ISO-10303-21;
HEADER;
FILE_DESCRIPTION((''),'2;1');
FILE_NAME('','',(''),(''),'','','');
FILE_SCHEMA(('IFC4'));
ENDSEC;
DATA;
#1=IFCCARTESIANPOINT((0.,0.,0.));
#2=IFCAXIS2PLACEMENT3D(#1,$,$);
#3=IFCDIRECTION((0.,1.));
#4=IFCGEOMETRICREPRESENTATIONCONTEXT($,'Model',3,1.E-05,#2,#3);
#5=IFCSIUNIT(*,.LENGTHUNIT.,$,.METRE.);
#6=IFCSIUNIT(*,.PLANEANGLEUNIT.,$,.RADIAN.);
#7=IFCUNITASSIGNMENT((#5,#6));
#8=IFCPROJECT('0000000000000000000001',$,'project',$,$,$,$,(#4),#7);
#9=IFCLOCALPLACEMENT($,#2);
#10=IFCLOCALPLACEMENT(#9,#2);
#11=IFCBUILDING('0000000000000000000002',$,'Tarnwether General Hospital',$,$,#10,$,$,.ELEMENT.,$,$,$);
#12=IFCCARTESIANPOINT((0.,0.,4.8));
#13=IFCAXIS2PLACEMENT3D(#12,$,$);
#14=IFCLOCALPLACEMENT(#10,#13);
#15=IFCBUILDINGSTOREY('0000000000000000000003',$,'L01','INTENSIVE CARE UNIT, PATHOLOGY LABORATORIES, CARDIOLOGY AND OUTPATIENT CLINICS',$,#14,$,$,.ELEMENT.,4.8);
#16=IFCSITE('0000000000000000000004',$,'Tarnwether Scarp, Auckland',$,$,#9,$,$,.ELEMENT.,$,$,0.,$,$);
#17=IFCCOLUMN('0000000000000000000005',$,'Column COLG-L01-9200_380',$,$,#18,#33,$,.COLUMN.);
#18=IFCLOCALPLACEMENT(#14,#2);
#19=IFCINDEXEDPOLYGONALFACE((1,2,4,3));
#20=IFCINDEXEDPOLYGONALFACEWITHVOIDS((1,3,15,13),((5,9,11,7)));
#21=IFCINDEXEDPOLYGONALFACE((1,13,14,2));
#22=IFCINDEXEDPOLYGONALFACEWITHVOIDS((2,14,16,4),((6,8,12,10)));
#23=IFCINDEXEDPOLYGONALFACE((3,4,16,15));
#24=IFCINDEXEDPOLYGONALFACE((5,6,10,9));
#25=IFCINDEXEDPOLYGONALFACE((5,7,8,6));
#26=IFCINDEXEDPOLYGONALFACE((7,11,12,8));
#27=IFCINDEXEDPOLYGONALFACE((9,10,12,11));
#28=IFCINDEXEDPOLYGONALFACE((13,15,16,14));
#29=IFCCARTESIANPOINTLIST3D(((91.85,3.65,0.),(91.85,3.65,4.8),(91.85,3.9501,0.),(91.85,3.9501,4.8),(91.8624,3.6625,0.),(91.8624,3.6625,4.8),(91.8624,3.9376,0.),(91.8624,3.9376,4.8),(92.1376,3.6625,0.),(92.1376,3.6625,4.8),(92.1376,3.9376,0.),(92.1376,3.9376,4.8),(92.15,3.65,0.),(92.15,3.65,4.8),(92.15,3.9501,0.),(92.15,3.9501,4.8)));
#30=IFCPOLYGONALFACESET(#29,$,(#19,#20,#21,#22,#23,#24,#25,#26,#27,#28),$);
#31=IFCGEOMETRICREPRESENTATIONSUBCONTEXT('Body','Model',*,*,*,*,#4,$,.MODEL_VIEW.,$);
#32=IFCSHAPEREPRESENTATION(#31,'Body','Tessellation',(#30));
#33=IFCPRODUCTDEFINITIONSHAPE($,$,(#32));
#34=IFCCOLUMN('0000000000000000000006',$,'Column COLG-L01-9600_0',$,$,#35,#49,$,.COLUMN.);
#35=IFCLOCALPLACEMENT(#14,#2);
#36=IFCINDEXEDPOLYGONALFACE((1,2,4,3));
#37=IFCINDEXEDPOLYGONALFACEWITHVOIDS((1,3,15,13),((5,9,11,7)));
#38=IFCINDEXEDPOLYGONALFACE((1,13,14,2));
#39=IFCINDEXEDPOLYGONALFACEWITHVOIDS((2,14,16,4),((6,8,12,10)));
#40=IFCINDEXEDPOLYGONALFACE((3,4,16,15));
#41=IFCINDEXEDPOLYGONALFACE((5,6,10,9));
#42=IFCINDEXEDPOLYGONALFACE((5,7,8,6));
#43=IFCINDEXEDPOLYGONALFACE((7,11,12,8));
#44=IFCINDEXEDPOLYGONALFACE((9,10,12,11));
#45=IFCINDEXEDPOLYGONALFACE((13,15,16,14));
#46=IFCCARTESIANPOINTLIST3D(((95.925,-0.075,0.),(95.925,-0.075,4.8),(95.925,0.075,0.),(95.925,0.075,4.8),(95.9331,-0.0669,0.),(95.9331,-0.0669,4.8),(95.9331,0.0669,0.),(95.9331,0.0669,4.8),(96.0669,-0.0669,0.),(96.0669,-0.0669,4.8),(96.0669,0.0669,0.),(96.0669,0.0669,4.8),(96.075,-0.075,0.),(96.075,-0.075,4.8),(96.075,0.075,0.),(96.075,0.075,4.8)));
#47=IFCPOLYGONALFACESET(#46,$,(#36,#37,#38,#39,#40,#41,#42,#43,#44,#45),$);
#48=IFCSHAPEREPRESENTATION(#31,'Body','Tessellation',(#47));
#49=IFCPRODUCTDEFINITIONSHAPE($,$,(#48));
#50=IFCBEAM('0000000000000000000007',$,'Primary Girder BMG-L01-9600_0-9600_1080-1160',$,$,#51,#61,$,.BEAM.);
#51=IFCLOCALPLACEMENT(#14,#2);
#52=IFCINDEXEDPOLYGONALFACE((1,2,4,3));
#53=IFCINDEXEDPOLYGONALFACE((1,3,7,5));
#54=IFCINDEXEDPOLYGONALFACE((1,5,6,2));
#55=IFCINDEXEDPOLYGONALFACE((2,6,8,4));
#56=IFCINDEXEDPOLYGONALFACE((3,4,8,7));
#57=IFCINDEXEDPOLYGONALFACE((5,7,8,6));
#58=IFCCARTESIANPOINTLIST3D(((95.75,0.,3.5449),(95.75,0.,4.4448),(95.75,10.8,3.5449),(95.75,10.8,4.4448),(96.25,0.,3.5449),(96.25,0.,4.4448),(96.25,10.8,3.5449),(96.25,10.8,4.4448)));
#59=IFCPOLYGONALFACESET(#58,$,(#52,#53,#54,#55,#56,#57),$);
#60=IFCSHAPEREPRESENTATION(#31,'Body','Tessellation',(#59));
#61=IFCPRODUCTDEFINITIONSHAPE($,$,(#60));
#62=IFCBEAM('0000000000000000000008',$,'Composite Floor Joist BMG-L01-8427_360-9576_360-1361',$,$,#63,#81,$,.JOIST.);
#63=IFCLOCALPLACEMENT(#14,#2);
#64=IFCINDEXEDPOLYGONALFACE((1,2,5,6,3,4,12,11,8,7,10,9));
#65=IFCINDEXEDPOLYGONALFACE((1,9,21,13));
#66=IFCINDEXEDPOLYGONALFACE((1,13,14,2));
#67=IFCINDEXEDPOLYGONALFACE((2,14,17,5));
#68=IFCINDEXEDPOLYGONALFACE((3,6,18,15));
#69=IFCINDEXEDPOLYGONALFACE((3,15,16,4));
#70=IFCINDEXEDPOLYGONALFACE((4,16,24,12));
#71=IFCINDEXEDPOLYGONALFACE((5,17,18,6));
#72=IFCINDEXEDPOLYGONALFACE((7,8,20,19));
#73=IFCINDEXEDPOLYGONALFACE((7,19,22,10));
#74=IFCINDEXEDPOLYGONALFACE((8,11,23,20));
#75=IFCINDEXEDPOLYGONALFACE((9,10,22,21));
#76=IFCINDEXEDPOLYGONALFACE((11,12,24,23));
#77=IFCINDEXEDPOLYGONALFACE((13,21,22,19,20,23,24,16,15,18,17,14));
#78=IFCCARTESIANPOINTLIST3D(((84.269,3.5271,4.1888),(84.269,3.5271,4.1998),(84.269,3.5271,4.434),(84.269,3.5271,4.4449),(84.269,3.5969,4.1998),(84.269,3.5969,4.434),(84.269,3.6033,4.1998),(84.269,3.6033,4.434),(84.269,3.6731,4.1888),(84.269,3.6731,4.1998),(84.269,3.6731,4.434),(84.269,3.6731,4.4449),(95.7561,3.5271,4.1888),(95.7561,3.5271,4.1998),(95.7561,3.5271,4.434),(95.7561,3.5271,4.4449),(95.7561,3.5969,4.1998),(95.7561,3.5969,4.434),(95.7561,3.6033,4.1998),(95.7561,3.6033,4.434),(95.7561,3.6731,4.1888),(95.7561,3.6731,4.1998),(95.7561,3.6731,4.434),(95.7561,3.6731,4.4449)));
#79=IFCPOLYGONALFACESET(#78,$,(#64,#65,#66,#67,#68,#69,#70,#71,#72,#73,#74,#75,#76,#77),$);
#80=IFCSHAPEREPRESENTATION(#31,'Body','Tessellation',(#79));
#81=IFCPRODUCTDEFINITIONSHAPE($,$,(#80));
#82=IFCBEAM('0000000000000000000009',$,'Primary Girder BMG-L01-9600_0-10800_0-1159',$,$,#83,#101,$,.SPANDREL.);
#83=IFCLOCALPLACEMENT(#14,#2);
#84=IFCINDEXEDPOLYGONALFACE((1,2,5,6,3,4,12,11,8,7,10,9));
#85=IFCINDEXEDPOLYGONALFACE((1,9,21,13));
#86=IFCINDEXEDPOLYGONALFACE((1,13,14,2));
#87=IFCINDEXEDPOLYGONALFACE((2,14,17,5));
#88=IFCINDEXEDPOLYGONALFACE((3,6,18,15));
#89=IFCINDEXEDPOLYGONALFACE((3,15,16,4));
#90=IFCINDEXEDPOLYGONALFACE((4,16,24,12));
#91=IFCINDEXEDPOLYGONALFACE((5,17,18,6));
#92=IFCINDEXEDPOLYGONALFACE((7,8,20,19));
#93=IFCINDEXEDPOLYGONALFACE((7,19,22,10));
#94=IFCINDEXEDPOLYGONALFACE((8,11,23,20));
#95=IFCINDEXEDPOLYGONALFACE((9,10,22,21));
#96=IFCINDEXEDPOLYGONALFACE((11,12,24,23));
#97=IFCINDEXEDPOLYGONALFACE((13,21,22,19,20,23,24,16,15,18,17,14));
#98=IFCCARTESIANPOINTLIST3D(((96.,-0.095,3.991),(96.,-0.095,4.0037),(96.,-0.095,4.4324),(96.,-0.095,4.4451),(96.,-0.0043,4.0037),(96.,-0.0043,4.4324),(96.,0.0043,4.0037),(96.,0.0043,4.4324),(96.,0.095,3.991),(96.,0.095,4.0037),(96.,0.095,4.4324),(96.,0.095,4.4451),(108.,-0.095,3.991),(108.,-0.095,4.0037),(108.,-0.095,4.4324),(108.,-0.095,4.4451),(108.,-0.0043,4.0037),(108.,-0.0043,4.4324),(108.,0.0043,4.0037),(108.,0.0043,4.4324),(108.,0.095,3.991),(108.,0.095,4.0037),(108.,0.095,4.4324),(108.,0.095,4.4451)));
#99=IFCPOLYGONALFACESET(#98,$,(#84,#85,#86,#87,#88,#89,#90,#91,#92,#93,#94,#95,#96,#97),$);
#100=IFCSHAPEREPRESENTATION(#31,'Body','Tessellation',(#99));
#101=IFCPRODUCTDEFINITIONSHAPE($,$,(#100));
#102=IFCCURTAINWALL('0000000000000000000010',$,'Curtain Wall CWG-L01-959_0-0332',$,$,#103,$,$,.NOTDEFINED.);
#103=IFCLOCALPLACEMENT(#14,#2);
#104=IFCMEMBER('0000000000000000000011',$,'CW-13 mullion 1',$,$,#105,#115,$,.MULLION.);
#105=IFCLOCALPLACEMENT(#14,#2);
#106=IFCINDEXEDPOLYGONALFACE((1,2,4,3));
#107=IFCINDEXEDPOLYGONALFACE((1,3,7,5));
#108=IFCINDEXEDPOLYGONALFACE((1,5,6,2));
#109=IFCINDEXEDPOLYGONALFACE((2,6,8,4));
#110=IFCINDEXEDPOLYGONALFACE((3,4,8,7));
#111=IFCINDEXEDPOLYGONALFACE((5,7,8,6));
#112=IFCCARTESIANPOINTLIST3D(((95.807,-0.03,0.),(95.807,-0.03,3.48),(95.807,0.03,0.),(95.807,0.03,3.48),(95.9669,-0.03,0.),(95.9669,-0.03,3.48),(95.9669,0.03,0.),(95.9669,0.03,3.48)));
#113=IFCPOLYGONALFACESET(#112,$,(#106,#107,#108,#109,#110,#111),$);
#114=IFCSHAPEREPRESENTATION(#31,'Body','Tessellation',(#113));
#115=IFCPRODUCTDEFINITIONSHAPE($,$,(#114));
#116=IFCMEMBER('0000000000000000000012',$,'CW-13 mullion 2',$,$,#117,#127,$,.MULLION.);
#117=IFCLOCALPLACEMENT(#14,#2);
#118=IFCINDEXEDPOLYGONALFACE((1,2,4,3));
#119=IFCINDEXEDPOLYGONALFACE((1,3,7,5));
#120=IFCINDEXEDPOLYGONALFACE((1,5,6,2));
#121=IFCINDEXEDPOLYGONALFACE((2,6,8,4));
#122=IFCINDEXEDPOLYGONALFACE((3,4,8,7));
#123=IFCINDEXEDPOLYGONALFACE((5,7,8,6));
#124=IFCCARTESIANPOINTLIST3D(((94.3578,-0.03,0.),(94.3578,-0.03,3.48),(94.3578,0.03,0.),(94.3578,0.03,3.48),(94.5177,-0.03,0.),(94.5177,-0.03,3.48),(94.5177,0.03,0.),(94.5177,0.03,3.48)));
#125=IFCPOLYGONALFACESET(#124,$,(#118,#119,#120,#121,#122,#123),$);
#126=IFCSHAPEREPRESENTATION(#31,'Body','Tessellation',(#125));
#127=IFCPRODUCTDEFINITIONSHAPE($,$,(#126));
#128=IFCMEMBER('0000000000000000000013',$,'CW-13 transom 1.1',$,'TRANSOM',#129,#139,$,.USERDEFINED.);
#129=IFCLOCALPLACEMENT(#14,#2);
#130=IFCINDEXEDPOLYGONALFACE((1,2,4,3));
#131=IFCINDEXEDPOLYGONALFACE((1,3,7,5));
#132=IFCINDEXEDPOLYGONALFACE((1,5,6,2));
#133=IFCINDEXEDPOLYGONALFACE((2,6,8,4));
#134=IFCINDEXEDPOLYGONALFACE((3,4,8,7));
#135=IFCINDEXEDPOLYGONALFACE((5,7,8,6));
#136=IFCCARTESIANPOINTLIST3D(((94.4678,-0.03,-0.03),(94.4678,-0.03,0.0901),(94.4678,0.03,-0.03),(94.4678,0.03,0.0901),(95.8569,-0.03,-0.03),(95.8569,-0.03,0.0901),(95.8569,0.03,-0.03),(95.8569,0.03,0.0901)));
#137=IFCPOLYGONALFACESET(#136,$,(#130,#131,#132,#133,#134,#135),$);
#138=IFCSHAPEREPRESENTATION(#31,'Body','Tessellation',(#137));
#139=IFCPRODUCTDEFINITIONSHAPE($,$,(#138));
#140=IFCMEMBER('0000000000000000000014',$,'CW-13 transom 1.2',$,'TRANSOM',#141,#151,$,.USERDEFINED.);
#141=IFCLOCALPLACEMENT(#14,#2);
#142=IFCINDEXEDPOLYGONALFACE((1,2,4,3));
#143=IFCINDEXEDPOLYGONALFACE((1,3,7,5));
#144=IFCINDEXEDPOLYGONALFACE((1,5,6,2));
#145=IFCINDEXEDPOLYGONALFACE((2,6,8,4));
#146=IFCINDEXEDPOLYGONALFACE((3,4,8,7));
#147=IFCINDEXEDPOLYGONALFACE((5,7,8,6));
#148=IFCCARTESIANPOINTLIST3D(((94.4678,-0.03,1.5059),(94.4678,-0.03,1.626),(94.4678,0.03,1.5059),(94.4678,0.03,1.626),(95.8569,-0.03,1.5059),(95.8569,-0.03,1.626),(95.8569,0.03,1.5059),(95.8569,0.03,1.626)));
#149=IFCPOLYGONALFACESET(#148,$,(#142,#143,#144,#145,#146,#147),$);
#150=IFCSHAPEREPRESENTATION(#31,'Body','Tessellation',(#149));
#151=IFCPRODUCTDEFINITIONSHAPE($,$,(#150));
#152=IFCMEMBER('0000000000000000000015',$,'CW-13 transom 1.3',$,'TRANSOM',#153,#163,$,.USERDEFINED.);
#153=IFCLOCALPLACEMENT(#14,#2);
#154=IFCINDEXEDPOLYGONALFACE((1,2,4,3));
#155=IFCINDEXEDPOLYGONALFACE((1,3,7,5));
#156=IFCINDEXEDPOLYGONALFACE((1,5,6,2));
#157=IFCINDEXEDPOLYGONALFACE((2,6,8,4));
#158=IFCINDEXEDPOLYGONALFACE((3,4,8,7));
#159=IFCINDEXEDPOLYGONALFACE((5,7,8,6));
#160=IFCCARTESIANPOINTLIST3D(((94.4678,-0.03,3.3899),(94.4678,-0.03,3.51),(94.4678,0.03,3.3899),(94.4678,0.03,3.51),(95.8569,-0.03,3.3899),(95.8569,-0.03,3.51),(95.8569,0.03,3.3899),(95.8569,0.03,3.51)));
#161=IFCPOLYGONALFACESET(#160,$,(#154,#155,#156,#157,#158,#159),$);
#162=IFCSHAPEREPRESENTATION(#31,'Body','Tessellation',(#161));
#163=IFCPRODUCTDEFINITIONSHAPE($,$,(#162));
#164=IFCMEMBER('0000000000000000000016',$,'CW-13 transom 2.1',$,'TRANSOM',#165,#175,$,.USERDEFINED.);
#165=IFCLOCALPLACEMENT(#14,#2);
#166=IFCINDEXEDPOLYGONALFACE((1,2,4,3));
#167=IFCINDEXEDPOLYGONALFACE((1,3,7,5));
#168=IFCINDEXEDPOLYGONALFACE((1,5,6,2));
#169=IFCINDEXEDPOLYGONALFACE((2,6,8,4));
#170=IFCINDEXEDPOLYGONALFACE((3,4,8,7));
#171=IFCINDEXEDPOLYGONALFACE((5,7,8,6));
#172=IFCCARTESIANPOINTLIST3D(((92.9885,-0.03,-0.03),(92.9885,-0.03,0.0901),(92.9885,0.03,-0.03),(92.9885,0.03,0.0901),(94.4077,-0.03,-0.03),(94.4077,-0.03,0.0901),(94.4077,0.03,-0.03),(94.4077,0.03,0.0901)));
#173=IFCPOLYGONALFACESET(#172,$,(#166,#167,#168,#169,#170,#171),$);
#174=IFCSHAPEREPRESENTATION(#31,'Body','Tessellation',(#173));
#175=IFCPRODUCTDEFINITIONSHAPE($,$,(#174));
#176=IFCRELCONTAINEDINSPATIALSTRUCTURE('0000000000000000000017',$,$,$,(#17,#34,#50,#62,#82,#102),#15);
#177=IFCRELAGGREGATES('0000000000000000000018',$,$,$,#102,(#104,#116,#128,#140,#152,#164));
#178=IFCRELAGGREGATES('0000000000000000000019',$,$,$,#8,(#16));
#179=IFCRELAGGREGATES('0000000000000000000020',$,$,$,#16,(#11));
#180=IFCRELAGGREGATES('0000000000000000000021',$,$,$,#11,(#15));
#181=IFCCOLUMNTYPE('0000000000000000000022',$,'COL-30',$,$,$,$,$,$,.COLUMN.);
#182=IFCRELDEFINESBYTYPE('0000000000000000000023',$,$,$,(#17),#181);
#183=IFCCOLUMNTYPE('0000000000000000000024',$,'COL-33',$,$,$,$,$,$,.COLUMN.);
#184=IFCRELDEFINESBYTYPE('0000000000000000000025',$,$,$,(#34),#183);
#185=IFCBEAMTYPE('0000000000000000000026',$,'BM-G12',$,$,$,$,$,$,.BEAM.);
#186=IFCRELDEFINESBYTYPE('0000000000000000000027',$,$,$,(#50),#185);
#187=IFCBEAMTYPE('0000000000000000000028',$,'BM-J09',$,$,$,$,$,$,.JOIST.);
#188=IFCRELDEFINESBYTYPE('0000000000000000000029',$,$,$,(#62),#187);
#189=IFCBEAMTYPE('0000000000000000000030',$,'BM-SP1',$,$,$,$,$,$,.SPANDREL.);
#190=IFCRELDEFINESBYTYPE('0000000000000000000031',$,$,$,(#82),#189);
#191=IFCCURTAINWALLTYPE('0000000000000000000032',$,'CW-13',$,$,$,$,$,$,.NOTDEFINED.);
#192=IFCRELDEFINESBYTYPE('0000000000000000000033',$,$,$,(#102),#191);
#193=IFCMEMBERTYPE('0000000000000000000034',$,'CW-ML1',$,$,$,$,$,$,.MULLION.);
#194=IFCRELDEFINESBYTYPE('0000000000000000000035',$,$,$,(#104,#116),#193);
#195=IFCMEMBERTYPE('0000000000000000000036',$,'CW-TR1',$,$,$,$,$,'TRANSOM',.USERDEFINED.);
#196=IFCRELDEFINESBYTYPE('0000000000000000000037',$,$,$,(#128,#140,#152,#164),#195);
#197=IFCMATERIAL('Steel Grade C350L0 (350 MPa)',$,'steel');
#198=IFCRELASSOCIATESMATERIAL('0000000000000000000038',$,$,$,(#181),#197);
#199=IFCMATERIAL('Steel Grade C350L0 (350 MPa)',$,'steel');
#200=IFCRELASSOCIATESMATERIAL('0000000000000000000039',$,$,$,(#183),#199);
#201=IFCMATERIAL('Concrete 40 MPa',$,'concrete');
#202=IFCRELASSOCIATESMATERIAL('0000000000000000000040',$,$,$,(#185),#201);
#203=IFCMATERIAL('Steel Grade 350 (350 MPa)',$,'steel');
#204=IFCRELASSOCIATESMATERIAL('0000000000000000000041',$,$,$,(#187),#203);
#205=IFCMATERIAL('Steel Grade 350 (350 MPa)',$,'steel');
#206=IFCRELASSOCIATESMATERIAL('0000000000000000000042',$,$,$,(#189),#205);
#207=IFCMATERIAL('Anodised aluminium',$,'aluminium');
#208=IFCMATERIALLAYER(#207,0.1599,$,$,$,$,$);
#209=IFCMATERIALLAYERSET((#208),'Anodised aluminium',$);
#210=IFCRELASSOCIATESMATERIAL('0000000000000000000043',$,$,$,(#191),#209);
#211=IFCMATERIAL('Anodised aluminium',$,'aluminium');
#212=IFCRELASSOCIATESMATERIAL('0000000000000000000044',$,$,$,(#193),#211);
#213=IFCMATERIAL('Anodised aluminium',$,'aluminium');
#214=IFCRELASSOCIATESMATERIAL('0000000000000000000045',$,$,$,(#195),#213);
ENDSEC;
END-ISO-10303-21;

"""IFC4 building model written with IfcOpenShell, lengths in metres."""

from ifc_helpers import new_model, si_unit, direction, frame, origin, origin_2d, place, context, subcontext, project, spatial, rectangle, hollow_rectangle, i_section, extrude, material, layer, layer_set, material_profile, profile_set, type_object, element, aggregate, save


model = new_model("IFC4")

# Units and contexts
model_context = context("Model", 3, precision=1e-05, world=origin(), true_north=direction((0.0, 1.0)))
body_context = subcontext(model_context, "Body", "Model", "MODEL_VIEW")
ifc_project = project(units=[si_unit("LENGTHUNIT", "METRE"), si_unit("PLANEANGLEUNIT", "RADIAN")], contexts=[model_context])

# Site, building, storey
site_placement = place(None, origin())
site = spatial("IfcSite", under=ifc_project, at=site_placement, Name="Tarnwether Scarp, Auckland", CompositionType="ELEMENT", RefElevation=0.0)
building_placement = place(site_placement, origin())
building = spatial("IfcBuilding", under=site, at=building_placement, Name="Tarnwether General Hospital", CompositionType="ELEMENT")
storey_placement = place(building_placement, frame((0.0, 0.0, 4.8)))
storey = spatial("IfcBuildingStorey", under=building, at=storey_placement, Name="L01", Description="INTENSIVE CARE UNIT, PATHOLOGY LABORATORIES, CARDIOLOGY AND OUTPATIENT CLINICS", CompositionType="ELEMENT", Elevation=4.8)

# Columns
ifc_material_1 = material(Name="Steel Grade C350L0 (350 MPa)", Category="steel")
ifc_material_profile_1 = material_profile(ifc_material_1, hollow_rectangle(XDim=0.3, YDim=0.3, WallThickness=0.0125, at=origin_2d()), Name="SHS300x300x12.5")
ifc_profile_set_1 = profile_set([ifc_material_profile_1], Name="Steel Grade C350L0 (350 MPa)")
column_type_1 = type_object("IfcColumnType", Name="COL-30", PredefinedType="COLUMN", material=ifc_profile_set_1)
column_1_placement = place(storey_placement, frame((92.0, 3.8, 0.0), z_axis=(0.0, 0.0, 1.0), x_axis=(0.0, 1.0, 0.0)))
element("IfcColumn", 1, at=column_1_placement, inside=storey, type_object=column_type_1, Name="Column COLG-L01-9200_380", PredefinedType="COLUMN", context=body_context, shape_type="SweptSolid", body=[
    extrude(hollow_rectangle(XDim=0.3, YDim=0.3, WallThickness=0.0125, at=origin_2d()), origin(), (0.0, 0.0, 1.0), 4.8),
])
ifc_material_2 = material(Name="Steel Grade C350L0 (350 MPa)", Category="steel")
ifc_material_profile_2 = material_profile(ifc_material_2, hollow_rectangle(XDim=0.1499, YDim=0.1499, WallThickness=0.0081, at=origin_2d()), Name="SHS150x150x8")
ifc_profile_set_2 = profile_set([ifc_material_profile_2], Name="Steel Grade C350L0 (350 MPa)")
column_type_2 = type_object("IfcColumnType", Name="COL-33", PredefinedType="COLUMN", material=ifc_profile_set_2)
column_2_placement = place(storey_placement, frame((96.0, 0.0, 0.0), z_axis=(0.0, 0.0, 1.0), x_axis=(1.0, 0.0, 0.0)))
element("IfcColumn", 2, at=column_2_placement, inside=storey, type_object=column_type_2, Name="Column COLG-L01-9600_0", PredefinedType="COLUMN", context=body_context, shape_type="SweptSolid", body=[
    extrude(hollow_rectangle(XDim=0.1499, YDim=0.1499, WallThickness=0.0081, at=origin_2d()), origin(), (0.0, 0.0, 1.0), 4.8),
])

# Beams
ifc_material_3 = material(Name="Concrete 40 MPa", Category="concrete")
ifc_material_profile_3 = material_profile(ifc_material_3, rectangle(XDim=0.5, YDim=0.8999, at=origin_2d()), Name="RC-BM-500x900")
ifc_profile_set_3 = profile_set([ifc_material_profile_3], Name="Concrete 40 MPa")
beam_type_1 = type_object("IfcBeamType", Name="BM-G12", PredefinedType="BEAM", material=ifc_profile_set_3)
beam_1_placement = place(storey_placement, frame((96.0, 0.0, 3.9949), z_axis=(0.0, 1.0, 0.0), x_axis=(-1.0, 0.0, 0.0)))
element("IfcBeam", 3, at=beam_1_placement, inside=storey, type_object=beam_type_1, Name="Primary Girder BMG-L01-9600_0-9600_1080-1160", PredefinedType="BEAM", context=body_context, shape_type="SweptSolid", body=[
    extrude(rectangle(XDim=0.5, YDim=0.8999, at=origin_2d()), origin(), (0.0, 0.0, 1.0), 10.8),
])
ifc_material_4 = material(Name="Steel Grade 350 (350 MPa)", Category="steel")
ifc_material_profile_4 = material_profile(ifc_material_4, i_section(OverallWidth=0.146, OverallDepth=0.2561, WebThickness=0.0063, FlangeThickness=0.011, at=origin_2d()), Name="250UB37.3")
ifc_profile_set_4 = profile_set([ifc_material_profile_4], Name="Steel Grade 350 (350 MPa)")
beam_type_2 = type_object("IfcBeamType", Name="BM-J09", PredefinedType="JOIST", material=ifc_profile_set_4)
beam_2_placement = place(storey_placement, frame((84.269, 3.6001, 4.3169), z_axis=(1.0, 0.0, 0.0), x_axis=(0.0, 1.0, 0.0)))
element("IfcBeam", 4, at=beam_2_placement, inside=storey, type_object=beam_type_2, Name="Composite Floor Joist BMG-L01-8427_360-9576_360-1361", PredefinedType="JOIST", context=body_context, shape_type="SweptSolid", body=[
    extrude(i_section(OverallWidth=0.146, OverallDepth=0.2561, WebThickness=0.0063, FlangeThickness=0.011, at=origin_2d()), origin(), (0.0, 0.0, 1.0), 11.4871),
])
ifc_material_5 = material(Name="Steel Grade 350 (350 MPa)", Category="steel")
ifc_material_profile_5 = material_profile(ifc_material_5, i_section(OverallWidth=0.1899, OverallDepth=0.4541, WebThickness=0.0085, FlangeThickness=0.0127, at=origin_2d()), Name="460UB67.1")
ifc_profile_set_5 = profile_set([ifc_material_profile_5], Name="Steel Grade 350 (350 MPa)")
beam_type_3 = type_object("IfcBeamType", Name="BM-SP1", PredefinedType="SPANDREL", material=ifc_profile_set_5)
beam_3_placement = place(storey_placement, frame((96.0, 0.0, 4.218), z_axis=(1.0, 0.0, 0.0), x_axis=(0.0, 1.0, 0.0)))
element("IfcBeam", 5, at=beam_3_placement, inside=storey, type_object=beam_type_3, Name="Primary Girder BMG-L01-9600_0-10800_0-1159", PredefinedType="SPANDREL", context=body_context, shape_type="SweptSolid", body=[
    extrude(i_section(OverallWidth=0.1899, OverallDepth=0.4541, WebThickness=0.0085, FlangeThickness=0.0127, at=origin_2d()), origin(), (0.0, 0.0, 1.0), 12.0),
])

# Curtain wall, members
ifc_material_6 = material(Name="Anodised aluminium", Category="aluminium")
ifc_layer_1 = layer(ifc_material_6, 0.1599)
ifc_layer_set_1 = layer_set([ifc_layer_1], Name="Anodised aluminium")
curtain_wall_type = type_object("IfcCurtainWallType", Name="CW-13", PredefinedType="NOTDEFINED", material=ifc_layer_set_1)
curtain_wall_placement = place(storey_placement, origin())
curtain_wall = element("IfcCurtainWall", 6, at=curtain_wall_placement, inside=storey, type_object=curtain_wall_type, Name="Curtain Wall CWG-L01-959_0-0332", PredefinedType="NOTDEFINED")
ifc_material_7 = material(Name="Anodised aluminium", Category="aluminium")
ifc_material_profile_6 = material_profile(ifc_material_7, rectangle(XDim=0.0601, YDim=0.1599, at=origin_2d()), Name="ALU-MUL-60x160")
ifc_profile_set_6 = profile_set([ifc_material_profile_6], Name="Anodised aluminium")
member_type_1 = type_object("IfcMemberType", Name="CW-ML1", PredefinedType="MULLION", material=ifc_profile_set_6)
member_1_placement = place(storey_placement, frame((95.887, 0.0, 0.0), z_axis=(0.0, 0.0, 1.0), x_axis=(0.0, -1.0, 0.0)))
member_1 = element("IfcMember", 7, at=member_1_placement, type_object=member_type_1, Name="CW-13 mullion 1", PredefinedType="MULLION", context=body_context, shape_type="SweptSolid", body=[
    extrude(rectangle(XDim=0.0601, YDim=0.1599, at=origin_2d()), origin(), (0.0, 0.0, 1.0), 3.48),
])
member_2_placement = place(storey_placement, frame((94.4377, 0.0, 0.0), z_axis=(0.0, 0.0, 1.0), x_axis=(0.0, -1.0, 0.0)))
member_2 = element("IfcMember", 8, at=member_2_placement, type_object=member_type_1, Name="CW-13 mullion 2", PredefinedType="MULLION", context=body_context, shape_type="SweptSolid", body=[
    extrude(rectangle(XDim=0.0601, YDim=0.1599, at=origin_2d()), origin(), (0.0, 0.0, 1.0), 3.48),
])
ifc_material_8 = material(Name="Anodised aluminium", Category="aluminium")
ifc_material_profile_7 = material_profile(ifc_material_8, rectangle(XDim=0.0601, YDim=0.1201, at=origin_2d()), Name="ALU-TRN-60x120")
ifc_profile_set_7 = profile_set([ifc_material_profile_7], Name="Anodised aluminium")
member_type_2 = type_object("IfcMemberType", Name="CW-TR1", ElementType="TRANSOM", PredefinedType="USERDEFINED", material=ifc_profile_set_7)
member_3_placement = place(storey_placement, frame((95.8569, 0.0, 0.03), z_axis=(-1.0, 0.0, 0.0), x_axis=(0.0, -1.0, 0.0)))
member_3 = element("IfcMember", 9, at=member_3_placement, type_object=member_type_2, Name="CW-13 transom 1.1", ObjectType="TRANSOM", PredefinedType="USERDEFINED", context=body_context, shape_type="SweptSolid", body=[
    extrude(rectangle(XDim=0.0601, YDim=0.1201, at=origin_2d()), origin(), (0.0, 0.0, 1.0), 1.3892),
])
member_4_placement = place(storey_placement, frame((95.8569, 0.0, 1.5659), z_axis=(-1.0, 0.0, 0.0), x_axis=(0.0, -1.0, 0.0)))
member_4 = element("IfcMember", 10, at=member_4_placement, type_object=member_type_2, Name="CW-13 transom 1.2", ObjectType="TRANSOM", PredefinedType="USERDEFINED", context=body_context, shape_type="SweptSolid", body=[
    extrude(rectangle(XDim=0.0601, YDim=0.1201, at=origin_2d()), origin(), (0.0, 0.0, 1.0), 1.3892),
])
member_5_placement = place(storey_placement, frame((95.8569, 0.0, 3.45), z_axis=(-1.0, 0.0, 0.0), x_axis=(0.0, -1.0, 0.0)))
member_5 = element("IfcMember", 11, at=member_5_placement, type_object=member_type_2, Name="CW-13 transom 1.3", ObjectType="TRANSOM", PredefinedType="USERDEFINED", context=body_context, shape_type="SweptSolid", body=[
    extrude(rectangle(XDim=0.0601, YDim=0.1201, at=origin_2d()), origin(), (0.0, 0.0, 1.0), 1.3892),
])
member_6_placement = place(storey_placement, frame((94.4077, 0.0, 0.03), z_axis=(-1.0, 0.0, 0.0), x_axis=(0.0, -1.0, 0.0)))
member_6 = element("IfcMember", 12, at=member_6_placement, type_object=member_type_2, Name="CW-13 transom 2.1", ObjectType="TRANSOM", PredefinedType="USERDEFINED", context=body_context, shape_type="SweptSolid", body=[
    extrude(rectangle(XDim=0.0601, YDim=0.1201, at=origin_2d()), origin(), (0.0, 0.0, 1.0), 1.4192),
])
aggregate(curtain_wall, [member_1, member_2, member_3, member_4, member_5, member_6])

save(model, "model.ifc")
